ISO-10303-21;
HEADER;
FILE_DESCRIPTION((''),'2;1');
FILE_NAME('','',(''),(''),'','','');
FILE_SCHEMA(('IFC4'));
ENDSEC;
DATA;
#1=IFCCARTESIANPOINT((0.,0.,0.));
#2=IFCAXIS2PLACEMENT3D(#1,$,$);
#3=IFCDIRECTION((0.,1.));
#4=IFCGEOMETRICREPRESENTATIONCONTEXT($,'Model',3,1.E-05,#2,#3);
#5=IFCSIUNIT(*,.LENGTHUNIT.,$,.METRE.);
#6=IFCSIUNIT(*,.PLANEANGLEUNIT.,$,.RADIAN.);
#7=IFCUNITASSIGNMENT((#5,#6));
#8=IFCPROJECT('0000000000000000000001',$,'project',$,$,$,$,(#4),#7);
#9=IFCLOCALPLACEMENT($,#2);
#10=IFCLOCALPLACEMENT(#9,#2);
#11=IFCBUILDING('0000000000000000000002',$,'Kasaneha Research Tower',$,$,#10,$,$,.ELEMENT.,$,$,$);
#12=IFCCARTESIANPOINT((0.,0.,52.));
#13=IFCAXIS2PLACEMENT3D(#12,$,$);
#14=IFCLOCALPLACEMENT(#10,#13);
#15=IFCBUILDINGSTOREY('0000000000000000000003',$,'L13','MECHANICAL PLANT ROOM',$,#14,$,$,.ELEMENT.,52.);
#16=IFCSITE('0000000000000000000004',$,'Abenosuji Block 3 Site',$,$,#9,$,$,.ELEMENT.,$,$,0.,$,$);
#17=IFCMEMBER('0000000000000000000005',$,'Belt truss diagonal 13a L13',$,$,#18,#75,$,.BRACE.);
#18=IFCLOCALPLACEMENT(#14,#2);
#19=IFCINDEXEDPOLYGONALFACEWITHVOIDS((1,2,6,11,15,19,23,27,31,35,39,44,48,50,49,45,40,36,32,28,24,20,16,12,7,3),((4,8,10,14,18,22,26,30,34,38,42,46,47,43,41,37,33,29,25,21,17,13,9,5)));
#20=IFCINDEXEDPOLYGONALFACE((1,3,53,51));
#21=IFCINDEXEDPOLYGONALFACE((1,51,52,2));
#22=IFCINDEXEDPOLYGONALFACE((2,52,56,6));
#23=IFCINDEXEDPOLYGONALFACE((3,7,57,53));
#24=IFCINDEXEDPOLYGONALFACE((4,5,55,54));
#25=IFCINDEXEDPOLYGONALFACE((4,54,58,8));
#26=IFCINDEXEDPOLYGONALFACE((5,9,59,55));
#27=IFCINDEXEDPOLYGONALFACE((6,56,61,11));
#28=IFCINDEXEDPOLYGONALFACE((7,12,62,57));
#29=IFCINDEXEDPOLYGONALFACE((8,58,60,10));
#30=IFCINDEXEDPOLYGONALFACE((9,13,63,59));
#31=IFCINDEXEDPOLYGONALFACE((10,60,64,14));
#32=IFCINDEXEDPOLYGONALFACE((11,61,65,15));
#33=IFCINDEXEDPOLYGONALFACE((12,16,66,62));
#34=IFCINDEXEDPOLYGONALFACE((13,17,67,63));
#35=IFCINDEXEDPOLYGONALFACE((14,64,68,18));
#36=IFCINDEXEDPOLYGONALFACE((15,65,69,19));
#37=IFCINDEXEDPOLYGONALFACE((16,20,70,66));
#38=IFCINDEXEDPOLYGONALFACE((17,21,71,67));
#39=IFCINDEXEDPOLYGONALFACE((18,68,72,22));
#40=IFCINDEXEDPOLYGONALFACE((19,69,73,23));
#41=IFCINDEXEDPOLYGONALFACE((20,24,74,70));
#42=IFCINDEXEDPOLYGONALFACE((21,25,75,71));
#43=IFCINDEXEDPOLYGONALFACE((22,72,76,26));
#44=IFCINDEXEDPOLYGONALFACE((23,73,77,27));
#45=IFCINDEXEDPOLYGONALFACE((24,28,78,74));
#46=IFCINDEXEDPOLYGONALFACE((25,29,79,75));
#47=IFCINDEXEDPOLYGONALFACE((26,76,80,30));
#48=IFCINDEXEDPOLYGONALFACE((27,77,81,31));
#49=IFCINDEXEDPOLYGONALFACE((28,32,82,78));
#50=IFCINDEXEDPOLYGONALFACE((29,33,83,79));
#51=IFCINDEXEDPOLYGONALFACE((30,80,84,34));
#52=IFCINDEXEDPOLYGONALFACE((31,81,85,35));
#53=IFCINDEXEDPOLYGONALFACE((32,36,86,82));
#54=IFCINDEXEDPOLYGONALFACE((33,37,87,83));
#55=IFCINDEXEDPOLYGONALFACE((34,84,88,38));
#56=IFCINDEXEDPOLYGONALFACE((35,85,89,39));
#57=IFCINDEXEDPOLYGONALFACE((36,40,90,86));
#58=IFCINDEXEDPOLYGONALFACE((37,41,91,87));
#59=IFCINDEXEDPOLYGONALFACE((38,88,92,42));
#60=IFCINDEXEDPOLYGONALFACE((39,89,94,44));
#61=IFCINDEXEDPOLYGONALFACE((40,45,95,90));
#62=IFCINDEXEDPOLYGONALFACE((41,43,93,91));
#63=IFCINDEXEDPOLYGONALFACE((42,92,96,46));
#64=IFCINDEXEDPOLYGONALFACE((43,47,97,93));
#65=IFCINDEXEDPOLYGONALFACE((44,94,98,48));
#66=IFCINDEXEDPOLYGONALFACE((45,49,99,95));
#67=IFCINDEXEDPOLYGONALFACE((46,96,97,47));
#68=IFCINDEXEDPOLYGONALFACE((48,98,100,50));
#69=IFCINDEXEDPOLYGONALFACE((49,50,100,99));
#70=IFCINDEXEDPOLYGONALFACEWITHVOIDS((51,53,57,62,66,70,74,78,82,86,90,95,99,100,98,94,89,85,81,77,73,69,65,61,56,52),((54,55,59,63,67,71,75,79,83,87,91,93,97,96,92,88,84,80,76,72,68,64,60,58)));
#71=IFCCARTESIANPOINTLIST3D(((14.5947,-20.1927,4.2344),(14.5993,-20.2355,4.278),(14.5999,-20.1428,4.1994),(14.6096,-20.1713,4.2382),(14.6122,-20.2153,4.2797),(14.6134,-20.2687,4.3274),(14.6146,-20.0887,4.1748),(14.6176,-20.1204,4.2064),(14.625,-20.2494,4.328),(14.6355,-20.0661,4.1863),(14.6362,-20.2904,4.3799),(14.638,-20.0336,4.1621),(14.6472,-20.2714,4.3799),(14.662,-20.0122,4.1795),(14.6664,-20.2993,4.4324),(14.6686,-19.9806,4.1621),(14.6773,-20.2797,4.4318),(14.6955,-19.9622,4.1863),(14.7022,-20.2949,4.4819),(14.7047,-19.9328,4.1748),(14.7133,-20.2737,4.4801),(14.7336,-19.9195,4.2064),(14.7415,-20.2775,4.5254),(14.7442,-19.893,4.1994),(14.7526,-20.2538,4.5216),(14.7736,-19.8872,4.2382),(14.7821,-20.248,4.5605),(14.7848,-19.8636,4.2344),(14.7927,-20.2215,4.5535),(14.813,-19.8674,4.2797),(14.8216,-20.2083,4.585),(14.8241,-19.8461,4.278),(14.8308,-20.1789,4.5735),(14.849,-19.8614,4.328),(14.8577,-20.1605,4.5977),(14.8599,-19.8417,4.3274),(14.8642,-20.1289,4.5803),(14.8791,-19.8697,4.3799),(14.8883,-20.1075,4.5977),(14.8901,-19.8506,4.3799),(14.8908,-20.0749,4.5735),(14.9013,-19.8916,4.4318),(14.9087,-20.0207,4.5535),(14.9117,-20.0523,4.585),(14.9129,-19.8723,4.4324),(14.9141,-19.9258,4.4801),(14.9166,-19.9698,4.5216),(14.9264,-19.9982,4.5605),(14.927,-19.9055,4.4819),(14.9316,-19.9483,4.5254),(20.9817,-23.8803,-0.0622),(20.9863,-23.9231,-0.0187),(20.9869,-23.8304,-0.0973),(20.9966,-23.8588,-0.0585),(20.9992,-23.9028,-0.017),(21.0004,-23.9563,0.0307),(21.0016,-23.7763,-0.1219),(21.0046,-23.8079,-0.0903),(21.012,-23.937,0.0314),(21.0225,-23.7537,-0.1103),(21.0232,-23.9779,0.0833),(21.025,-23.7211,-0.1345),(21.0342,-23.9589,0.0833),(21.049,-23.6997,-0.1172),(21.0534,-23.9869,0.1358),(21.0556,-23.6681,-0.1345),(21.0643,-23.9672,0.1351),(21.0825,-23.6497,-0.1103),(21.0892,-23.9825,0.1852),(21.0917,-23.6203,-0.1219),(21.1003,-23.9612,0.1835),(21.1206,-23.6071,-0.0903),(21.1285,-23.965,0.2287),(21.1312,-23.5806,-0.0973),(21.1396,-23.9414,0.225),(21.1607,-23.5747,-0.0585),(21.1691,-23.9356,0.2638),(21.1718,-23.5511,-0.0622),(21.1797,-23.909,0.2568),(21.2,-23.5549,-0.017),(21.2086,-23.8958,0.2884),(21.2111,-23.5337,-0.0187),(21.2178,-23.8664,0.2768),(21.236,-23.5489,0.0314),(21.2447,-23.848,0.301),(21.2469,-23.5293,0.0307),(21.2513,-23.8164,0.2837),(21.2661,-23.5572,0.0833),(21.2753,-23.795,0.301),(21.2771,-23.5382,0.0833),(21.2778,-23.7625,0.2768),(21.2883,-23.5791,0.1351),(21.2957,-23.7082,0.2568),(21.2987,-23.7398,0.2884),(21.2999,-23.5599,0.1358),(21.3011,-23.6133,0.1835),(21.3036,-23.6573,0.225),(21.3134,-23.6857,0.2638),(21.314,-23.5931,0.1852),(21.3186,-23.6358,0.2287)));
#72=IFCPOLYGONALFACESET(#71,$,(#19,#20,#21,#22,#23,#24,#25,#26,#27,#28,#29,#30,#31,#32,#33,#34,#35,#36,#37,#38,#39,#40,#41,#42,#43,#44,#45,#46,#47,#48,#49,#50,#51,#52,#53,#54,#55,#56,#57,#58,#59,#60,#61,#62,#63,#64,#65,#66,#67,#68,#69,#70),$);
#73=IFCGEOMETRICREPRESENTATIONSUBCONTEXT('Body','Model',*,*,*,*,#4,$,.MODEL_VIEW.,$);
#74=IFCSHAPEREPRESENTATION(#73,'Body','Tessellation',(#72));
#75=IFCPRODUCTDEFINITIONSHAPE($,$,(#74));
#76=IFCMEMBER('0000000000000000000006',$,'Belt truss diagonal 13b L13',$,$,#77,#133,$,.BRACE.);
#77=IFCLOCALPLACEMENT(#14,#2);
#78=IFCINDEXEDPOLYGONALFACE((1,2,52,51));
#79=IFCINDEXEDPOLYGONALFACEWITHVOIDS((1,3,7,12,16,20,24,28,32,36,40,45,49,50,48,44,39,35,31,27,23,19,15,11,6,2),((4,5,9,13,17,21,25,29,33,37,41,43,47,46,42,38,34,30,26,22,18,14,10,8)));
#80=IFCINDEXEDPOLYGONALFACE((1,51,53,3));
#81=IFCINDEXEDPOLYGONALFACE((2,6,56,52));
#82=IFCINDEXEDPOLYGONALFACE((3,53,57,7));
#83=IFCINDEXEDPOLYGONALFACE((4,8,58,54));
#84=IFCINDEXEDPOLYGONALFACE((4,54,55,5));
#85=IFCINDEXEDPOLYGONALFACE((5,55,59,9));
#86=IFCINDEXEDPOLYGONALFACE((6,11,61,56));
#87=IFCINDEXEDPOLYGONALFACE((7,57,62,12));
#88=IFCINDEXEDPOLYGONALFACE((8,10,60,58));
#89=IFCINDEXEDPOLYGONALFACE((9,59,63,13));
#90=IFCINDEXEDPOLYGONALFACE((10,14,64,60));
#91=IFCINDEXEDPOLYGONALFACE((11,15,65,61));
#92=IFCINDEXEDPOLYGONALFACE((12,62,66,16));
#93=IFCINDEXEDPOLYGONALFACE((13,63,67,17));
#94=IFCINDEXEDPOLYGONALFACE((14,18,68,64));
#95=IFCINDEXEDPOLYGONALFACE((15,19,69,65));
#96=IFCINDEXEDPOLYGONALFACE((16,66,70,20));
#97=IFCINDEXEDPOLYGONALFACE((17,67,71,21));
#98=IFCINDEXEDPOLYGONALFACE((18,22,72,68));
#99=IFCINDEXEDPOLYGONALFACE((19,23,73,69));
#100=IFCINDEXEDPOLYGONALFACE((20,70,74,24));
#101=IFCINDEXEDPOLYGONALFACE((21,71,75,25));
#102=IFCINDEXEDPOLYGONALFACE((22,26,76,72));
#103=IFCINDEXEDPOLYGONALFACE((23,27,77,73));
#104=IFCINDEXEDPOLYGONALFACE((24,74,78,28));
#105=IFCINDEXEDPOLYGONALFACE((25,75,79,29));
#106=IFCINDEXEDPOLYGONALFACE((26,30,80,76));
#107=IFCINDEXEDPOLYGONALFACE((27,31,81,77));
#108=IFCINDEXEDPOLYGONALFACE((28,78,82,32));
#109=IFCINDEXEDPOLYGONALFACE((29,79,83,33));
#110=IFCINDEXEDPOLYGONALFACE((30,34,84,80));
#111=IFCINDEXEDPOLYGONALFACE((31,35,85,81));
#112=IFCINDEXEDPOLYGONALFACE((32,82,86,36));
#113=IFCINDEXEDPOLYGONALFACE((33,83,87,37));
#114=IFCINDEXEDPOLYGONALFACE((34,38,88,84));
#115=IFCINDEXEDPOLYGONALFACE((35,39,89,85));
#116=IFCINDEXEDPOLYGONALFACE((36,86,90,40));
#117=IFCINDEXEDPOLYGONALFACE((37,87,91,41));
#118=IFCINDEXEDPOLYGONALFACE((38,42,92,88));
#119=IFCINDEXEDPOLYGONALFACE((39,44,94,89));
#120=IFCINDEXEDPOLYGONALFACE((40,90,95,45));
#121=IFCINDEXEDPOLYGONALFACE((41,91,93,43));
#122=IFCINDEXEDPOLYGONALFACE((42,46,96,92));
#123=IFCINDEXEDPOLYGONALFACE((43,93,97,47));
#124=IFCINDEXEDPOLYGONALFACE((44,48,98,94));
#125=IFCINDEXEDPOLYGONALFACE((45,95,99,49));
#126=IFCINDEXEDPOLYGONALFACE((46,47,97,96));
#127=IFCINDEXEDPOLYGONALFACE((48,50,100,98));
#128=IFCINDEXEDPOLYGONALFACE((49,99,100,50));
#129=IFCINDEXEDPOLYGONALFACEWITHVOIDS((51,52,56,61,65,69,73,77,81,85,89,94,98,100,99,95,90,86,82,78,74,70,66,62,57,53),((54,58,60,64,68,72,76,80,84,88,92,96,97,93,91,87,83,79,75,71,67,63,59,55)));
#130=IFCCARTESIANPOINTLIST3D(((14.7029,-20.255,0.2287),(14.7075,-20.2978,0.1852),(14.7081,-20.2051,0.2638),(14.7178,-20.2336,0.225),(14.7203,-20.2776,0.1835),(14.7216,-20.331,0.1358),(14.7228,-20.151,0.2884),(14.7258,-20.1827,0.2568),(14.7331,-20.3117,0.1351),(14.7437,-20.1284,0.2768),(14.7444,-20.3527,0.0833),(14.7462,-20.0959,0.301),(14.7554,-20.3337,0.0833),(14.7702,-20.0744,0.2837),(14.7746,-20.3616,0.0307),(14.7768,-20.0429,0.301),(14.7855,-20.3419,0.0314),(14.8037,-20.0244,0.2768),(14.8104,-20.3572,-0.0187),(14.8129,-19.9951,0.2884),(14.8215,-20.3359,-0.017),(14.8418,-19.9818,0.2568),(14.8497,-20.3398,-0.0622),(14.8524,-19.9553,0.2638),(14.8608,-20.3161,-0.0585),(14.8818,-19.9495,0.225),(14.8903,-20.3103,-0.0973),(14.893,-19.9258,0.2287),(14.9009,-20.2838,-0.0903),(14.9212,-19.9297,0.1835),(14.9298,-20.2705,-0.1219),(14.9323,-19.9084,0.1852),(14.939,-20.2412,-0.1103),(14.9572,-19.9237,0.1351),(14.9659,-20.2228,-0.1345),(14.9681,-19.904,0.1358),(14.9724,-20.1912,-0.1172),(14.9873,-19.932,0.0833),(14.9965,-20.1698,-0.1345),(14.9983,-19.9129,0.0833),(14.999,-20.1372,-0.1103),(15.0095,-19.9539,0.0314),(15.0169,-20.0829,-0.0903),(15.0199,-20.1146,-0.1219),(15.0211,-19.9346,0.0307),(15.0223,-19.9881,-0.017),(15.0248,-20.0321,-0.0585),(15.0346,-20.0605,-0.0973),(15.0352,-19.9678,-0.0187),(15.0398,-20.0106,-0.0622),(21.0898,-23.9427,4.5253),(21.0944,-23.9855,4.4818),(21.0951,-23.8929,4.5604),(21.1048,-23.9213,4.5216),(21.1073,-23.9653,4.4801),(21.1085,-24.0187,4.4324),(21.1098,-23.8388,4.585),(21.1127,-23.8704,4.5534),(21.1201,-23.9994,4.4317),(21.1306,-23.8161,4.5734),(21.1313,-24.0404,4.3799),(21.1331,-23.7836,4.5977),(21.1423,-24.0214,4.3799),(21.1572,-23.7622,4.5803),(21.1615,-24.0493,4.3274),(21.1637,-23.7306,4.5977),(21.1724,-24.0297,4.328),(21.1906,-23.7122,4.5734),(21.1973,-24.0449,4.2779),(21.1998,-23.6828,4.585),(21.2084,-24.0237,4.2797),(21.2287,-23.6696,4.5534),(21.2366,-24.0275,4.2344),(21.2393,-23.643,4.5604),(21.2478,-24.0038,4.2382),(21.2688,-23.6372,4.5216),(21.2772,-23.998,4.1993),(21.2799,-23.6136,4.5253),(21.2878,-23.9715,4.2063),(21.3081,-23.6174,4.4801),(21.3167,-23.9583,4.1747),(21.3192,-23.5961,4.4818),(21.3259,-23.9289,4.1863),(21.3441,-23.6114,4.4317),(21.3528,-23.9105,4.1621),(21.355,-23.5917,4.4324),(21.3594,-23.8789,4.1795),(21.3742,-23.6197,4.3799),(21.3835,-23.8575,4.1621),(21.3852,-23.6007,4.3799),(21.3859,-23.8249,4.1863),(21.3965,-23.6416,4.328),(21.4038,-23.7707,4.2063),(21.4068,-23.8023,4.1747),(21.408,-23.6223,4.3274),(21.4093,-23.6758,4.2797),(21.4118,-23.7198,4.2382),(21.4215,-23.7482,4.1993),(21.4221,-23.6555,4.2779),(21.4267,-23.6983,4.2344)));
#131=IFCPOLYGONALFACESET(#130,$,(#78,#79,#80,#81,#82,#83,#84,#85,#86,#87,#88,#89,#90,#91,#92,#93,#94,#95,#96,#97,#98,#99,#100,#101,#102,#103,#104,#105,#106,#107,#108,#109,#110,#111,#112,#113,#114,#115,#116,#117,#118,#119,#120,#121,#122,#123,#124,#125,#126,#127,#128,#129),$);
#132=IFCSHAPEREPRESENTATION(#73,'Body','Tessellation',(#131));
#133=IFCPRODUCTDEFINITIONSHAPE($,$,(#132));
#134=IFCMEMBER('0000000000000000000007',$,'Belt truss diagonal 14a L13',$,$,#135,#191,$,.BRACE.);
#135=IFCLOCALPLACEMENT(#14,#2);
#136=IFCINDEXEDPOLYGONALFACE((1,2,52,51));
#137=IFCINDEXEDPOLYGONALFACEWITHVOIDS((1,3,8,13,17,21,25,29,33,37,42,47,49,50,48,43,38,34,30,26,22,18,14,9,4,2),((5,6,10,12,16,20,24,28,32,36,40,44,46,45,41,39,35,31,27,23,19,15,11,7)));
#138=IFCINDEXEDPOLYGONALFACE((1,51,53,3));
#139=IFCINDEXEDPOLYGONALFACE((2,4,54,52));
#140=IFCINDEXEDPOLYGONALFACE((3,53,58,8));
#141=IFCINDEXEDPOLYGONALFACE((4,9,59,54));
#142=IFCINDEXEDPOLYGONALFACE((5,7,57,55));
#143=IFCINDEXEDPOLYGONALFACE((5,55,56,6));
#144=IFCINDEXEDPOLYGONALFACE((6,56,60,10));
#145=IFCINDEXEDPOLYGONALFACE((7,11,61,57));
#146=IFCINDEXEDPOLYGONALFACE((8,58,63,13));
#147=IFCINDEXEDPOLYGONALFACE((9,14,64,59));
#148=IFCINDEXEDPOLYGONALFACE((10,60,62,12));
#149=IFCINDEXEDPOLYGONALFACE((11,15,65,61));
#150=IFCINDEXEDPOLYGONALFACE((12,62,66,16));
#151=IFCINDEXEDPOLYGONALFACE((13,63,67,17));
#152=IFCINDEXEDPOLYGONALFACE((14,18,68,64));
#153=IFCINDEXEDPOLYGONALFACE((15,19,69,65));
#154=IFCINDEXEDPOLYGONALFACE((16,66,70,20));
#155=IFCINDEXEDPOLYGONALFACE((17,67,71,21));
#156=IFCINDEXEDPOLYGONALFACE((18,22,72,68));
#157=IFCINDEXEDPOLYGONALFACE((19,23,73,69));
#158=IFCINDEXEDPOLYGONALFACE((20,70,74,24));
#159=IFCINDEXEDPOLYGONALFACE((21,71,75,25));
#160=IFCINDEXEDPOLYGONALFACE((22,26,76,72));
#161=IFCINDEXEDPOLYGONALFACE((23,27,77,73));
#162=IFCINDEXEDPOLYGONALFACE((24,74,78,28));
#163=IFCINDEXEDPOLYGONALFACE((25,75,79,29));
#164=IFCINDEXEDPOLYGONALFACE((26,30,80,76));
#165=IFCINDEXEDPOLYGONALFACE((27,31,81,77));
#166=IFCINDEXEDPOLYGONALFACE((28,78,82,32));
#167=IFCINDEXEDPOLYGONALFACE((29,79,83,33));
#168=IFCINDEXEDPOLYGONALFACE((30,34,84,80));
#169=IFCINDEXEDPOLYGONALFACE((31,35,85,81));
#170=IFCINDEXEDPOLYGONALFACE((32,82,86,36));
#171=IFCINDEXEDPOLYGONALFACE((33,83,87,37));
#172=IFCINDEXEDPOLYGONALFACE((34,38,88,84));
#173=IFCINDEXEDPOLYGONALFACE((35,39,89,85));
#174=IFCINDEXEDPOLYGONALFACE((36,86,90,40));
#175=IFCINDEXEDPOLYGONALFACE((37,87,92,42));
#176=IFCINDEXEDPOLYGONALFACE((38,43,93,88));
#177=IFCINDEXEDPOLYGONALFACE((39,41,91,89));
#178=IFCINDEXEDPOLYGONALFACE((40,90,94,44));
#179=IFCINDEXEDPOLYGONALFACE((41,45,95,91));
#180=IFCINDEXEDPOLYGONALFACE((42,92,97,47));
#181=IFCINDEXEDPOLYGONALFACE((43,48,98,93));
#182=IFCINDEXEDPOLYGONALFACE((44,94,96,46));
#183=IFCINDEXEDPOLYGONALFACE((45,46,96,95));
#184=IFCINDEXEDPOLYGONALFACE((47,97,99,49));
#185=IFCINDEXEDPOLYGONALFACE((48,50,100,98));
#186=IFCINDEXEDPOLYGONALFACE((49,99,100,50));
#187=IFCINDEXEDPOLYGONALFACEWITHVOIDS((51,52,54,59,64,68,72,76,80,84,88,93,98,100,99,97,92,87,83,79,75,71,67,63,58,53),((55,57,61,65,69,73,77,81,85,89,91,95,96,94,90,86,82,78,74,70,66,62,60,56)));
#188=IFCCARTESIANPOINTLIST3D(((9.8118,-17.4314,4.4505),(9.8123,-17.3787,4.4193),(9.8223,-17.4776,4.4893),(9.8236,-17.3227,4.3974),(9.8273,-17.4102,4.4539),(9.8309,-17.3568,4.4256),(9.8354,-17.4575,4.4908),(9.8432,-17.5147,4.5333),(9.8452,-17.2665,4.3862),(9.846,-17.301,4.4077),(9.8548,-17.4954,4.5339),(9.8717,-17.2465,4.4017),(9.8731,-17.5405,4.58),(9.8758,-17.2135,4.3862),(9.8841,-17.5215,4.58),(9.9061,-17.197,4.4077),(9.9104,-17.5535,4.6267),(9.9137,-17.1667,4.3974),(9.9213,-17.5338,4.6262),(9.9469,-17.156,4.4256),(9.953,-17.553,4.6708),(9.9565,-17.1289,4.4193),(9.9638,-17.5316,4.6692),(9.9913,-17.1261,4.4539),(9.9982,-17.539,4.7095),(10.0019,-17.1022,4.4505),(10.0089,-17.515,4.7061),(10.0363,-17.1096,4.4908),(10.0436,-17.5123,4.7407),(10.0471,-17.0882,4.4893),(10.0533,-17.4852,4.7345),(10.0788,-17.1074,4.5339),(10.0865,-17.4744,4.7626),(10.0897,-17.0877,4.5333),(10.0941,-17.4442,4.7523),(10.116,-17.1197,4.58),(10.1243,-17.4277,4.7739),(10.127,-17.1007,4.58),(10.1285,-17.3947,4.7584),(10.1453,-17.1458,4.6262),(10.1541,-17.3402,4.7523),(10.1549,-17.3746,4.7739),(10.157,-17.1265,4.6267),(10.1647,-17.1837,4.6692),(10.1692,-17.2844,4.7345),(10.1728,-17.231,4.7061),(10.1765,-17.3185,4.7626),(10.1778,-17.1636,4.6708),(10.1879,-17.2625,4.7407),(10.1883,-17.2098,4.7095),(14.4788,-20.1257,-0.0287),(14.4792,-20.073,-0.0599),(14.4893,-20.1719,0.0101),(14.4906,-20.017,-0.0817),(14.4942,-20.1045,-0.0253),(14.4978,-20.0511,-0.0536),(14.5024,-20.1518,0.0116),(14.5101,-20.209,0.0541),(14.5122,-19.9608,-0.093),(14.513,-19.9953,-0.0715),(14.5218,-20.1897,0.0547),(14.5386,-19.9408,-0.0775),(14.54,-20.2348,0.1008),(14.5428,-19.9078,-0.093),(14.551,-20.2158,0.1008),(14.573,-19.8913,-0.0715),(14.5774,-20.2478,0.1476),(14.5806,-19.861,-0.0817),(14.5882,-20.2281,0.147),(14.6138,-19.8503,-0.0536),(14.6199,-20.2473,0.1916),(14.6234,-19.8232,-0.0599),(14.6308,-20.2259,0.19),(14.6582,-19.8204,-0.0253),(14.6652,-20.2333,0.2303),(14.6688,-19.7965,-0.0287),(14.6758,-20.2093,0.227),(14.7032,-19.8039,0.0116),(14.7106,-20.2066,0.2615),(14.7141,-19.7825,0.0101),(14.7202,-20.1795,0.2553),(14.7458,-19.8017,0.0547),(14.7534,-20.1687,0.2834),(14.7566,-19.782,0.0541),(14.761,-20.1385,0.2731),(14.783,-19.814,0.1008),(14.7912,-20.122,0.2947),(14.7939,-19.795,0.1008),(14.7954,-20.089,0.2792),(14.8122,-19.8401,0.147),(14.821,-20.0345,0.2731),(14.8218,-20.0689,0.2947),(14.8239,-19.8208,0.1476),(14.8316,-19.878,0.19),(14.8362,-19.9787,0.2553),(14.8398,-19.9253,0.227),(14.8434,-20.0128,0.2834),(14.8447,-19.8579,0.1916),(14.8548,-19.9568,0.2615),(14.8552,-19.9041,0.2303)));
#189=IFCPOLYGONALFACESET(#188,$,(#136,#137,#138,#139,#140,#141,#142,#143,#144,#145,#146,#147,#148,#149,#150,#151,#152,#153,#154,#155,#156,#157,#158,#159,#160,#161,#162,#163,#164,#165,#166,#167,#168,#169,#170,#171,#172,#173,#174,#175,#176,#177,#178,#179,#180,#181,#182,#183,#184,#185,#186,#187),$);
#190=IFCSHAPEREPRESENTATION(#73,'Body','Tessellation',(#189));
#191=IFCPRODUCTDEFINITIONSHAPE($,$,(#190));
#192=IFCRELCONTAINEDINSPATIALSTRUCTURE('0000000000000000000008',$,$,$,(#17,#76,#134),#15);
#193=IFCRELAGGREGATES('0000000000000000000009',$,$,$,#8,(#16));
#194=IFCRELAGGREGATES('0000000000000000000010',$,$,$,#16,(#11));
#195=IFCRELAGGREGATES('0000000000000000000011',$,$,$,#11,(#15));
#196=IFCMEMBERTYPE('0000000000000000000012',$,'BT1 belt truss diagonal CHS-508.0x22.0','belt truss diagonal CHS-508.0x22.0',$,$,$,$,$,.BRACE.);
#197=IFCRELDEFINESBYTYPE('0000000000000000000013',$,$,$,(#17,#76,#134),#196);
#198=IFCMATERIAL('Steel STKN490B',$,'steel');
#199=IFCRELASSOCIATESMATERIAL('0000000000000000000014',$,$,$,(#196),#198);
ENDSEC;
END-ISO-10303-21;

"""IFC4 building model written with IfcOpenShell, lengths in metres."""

from ifc_helpers import new_model, si_unit, direction, frame, origin, origin_2d, place, context, subcontext, project, spatial, hollow_circle, extrude, material, material_profile, profile_set, type_object, element, save


model = new_model("IFC4")

# Units and contexts
model_context = context("Model", 3, precision=1e-05, world=origin(), true_north=direction((0.0, 1.0)))
body_context = subcontext(model_context, "Body", "Model", "MODEL_VIEW")
ifc_project = project(units=[si_unit("LENGTHUNIT", "METRE"), si_unit("PLANEANGLEUNIT", "RADIAN")], contexts=[model_context])

# Site, building, storey
site_placement = place(None, origin())
site = spatial("IfcSite", under=ifc_project, at=site_placement, Name="Abenosuji Block 3 Site", CompositionType="ELEMENT", RefElevation=0.0)
building_placement = place(site_placement, origin())
building = spatial("IfcBuilding", under=site, at=building_placement, Name="Kasaneha Research Tower", CompositionType="ELEMENT")
storey_placement = place(building_placement, frame((0.0, 0.0, 52.0)))
storey = spatial("IfcBuildingStorey", under=building, at=storey_placement, Name="L13", Description="MECHANICAL PLANT ROOM", CompositionType="ELEMENT", Elevation=52.0)

# Members
ifc_material_1 = material(Name="Steel STKN490B", Category="steel")
ifc_material_profile_1 = material_profile(ifc_material_1, hollow_circle(Radius=0.2539, WallThickness=0.022, at=origin_2d()), Name="CHS-508.0x22.0")
ifc_profile_set_1 = profile_set([ifc_material_profile_1], Name="Steel STKN490B")
member_type = type_object("IfcMemberType", Name="BT1 belt truss diagonal CHS-508.0x22.0", Description="belt truss diagonal CHS-508.0x22.0", PredefinedType="BRACE", material=ifc_profile_set_1)
for number, where, z_axis, x_axis, name in (
    (1, (21.1501, -23.7581, 0.0833), (-0.748296, 0.432027, 0.503393), (-0.499999, -0.866026, 0.0), "Belt truss diagonal 13a L13"),
    (2, (14.8713, -20.1328, 0.0833), (0.748287, -0.432051, 0.503387), (0.500023, 0.866012, 0.0), "Belt truss diagonal 13b L13"),
):
    element("IfcMember", number, at=place(storey_placement, frame(where, z_axis=z_axis, x_axis=x_axis)), inside=storey, type_object=member_type, Name=name, PredefinedType="BRACE", context=body_context, shape_type="SweptSolid", body=[
        extrude(hollow_circle(Radius=0.2539, WallThickness=0.022, at=origin_2d()), origin(), (0.0, 0.0, 1.0), 8.5354),
    ])
member_1_placement = place(storey_placement, frame((14.667, -20.0149, 0.1008), z_axis=(-0.666007, 0.384498, 0.639215), x_axis=(-0.499979, -0.866038, 0.0)))
element("IfcMember", 3, at=member_1_placement, inside=storey, type_object=member_type, Name="Belt truss diagonal 14a L13", PredefinedType="BRACE", context=body_context, shape_type="SweptSolid", body=[
    extrude(hollow_circle(Radius=0.2539, WallThickness=0.022, at=origin_2d()), origin(), (0.0, 0.0, 1.0), 7.0073),
])

save(model, "model.ifc")
